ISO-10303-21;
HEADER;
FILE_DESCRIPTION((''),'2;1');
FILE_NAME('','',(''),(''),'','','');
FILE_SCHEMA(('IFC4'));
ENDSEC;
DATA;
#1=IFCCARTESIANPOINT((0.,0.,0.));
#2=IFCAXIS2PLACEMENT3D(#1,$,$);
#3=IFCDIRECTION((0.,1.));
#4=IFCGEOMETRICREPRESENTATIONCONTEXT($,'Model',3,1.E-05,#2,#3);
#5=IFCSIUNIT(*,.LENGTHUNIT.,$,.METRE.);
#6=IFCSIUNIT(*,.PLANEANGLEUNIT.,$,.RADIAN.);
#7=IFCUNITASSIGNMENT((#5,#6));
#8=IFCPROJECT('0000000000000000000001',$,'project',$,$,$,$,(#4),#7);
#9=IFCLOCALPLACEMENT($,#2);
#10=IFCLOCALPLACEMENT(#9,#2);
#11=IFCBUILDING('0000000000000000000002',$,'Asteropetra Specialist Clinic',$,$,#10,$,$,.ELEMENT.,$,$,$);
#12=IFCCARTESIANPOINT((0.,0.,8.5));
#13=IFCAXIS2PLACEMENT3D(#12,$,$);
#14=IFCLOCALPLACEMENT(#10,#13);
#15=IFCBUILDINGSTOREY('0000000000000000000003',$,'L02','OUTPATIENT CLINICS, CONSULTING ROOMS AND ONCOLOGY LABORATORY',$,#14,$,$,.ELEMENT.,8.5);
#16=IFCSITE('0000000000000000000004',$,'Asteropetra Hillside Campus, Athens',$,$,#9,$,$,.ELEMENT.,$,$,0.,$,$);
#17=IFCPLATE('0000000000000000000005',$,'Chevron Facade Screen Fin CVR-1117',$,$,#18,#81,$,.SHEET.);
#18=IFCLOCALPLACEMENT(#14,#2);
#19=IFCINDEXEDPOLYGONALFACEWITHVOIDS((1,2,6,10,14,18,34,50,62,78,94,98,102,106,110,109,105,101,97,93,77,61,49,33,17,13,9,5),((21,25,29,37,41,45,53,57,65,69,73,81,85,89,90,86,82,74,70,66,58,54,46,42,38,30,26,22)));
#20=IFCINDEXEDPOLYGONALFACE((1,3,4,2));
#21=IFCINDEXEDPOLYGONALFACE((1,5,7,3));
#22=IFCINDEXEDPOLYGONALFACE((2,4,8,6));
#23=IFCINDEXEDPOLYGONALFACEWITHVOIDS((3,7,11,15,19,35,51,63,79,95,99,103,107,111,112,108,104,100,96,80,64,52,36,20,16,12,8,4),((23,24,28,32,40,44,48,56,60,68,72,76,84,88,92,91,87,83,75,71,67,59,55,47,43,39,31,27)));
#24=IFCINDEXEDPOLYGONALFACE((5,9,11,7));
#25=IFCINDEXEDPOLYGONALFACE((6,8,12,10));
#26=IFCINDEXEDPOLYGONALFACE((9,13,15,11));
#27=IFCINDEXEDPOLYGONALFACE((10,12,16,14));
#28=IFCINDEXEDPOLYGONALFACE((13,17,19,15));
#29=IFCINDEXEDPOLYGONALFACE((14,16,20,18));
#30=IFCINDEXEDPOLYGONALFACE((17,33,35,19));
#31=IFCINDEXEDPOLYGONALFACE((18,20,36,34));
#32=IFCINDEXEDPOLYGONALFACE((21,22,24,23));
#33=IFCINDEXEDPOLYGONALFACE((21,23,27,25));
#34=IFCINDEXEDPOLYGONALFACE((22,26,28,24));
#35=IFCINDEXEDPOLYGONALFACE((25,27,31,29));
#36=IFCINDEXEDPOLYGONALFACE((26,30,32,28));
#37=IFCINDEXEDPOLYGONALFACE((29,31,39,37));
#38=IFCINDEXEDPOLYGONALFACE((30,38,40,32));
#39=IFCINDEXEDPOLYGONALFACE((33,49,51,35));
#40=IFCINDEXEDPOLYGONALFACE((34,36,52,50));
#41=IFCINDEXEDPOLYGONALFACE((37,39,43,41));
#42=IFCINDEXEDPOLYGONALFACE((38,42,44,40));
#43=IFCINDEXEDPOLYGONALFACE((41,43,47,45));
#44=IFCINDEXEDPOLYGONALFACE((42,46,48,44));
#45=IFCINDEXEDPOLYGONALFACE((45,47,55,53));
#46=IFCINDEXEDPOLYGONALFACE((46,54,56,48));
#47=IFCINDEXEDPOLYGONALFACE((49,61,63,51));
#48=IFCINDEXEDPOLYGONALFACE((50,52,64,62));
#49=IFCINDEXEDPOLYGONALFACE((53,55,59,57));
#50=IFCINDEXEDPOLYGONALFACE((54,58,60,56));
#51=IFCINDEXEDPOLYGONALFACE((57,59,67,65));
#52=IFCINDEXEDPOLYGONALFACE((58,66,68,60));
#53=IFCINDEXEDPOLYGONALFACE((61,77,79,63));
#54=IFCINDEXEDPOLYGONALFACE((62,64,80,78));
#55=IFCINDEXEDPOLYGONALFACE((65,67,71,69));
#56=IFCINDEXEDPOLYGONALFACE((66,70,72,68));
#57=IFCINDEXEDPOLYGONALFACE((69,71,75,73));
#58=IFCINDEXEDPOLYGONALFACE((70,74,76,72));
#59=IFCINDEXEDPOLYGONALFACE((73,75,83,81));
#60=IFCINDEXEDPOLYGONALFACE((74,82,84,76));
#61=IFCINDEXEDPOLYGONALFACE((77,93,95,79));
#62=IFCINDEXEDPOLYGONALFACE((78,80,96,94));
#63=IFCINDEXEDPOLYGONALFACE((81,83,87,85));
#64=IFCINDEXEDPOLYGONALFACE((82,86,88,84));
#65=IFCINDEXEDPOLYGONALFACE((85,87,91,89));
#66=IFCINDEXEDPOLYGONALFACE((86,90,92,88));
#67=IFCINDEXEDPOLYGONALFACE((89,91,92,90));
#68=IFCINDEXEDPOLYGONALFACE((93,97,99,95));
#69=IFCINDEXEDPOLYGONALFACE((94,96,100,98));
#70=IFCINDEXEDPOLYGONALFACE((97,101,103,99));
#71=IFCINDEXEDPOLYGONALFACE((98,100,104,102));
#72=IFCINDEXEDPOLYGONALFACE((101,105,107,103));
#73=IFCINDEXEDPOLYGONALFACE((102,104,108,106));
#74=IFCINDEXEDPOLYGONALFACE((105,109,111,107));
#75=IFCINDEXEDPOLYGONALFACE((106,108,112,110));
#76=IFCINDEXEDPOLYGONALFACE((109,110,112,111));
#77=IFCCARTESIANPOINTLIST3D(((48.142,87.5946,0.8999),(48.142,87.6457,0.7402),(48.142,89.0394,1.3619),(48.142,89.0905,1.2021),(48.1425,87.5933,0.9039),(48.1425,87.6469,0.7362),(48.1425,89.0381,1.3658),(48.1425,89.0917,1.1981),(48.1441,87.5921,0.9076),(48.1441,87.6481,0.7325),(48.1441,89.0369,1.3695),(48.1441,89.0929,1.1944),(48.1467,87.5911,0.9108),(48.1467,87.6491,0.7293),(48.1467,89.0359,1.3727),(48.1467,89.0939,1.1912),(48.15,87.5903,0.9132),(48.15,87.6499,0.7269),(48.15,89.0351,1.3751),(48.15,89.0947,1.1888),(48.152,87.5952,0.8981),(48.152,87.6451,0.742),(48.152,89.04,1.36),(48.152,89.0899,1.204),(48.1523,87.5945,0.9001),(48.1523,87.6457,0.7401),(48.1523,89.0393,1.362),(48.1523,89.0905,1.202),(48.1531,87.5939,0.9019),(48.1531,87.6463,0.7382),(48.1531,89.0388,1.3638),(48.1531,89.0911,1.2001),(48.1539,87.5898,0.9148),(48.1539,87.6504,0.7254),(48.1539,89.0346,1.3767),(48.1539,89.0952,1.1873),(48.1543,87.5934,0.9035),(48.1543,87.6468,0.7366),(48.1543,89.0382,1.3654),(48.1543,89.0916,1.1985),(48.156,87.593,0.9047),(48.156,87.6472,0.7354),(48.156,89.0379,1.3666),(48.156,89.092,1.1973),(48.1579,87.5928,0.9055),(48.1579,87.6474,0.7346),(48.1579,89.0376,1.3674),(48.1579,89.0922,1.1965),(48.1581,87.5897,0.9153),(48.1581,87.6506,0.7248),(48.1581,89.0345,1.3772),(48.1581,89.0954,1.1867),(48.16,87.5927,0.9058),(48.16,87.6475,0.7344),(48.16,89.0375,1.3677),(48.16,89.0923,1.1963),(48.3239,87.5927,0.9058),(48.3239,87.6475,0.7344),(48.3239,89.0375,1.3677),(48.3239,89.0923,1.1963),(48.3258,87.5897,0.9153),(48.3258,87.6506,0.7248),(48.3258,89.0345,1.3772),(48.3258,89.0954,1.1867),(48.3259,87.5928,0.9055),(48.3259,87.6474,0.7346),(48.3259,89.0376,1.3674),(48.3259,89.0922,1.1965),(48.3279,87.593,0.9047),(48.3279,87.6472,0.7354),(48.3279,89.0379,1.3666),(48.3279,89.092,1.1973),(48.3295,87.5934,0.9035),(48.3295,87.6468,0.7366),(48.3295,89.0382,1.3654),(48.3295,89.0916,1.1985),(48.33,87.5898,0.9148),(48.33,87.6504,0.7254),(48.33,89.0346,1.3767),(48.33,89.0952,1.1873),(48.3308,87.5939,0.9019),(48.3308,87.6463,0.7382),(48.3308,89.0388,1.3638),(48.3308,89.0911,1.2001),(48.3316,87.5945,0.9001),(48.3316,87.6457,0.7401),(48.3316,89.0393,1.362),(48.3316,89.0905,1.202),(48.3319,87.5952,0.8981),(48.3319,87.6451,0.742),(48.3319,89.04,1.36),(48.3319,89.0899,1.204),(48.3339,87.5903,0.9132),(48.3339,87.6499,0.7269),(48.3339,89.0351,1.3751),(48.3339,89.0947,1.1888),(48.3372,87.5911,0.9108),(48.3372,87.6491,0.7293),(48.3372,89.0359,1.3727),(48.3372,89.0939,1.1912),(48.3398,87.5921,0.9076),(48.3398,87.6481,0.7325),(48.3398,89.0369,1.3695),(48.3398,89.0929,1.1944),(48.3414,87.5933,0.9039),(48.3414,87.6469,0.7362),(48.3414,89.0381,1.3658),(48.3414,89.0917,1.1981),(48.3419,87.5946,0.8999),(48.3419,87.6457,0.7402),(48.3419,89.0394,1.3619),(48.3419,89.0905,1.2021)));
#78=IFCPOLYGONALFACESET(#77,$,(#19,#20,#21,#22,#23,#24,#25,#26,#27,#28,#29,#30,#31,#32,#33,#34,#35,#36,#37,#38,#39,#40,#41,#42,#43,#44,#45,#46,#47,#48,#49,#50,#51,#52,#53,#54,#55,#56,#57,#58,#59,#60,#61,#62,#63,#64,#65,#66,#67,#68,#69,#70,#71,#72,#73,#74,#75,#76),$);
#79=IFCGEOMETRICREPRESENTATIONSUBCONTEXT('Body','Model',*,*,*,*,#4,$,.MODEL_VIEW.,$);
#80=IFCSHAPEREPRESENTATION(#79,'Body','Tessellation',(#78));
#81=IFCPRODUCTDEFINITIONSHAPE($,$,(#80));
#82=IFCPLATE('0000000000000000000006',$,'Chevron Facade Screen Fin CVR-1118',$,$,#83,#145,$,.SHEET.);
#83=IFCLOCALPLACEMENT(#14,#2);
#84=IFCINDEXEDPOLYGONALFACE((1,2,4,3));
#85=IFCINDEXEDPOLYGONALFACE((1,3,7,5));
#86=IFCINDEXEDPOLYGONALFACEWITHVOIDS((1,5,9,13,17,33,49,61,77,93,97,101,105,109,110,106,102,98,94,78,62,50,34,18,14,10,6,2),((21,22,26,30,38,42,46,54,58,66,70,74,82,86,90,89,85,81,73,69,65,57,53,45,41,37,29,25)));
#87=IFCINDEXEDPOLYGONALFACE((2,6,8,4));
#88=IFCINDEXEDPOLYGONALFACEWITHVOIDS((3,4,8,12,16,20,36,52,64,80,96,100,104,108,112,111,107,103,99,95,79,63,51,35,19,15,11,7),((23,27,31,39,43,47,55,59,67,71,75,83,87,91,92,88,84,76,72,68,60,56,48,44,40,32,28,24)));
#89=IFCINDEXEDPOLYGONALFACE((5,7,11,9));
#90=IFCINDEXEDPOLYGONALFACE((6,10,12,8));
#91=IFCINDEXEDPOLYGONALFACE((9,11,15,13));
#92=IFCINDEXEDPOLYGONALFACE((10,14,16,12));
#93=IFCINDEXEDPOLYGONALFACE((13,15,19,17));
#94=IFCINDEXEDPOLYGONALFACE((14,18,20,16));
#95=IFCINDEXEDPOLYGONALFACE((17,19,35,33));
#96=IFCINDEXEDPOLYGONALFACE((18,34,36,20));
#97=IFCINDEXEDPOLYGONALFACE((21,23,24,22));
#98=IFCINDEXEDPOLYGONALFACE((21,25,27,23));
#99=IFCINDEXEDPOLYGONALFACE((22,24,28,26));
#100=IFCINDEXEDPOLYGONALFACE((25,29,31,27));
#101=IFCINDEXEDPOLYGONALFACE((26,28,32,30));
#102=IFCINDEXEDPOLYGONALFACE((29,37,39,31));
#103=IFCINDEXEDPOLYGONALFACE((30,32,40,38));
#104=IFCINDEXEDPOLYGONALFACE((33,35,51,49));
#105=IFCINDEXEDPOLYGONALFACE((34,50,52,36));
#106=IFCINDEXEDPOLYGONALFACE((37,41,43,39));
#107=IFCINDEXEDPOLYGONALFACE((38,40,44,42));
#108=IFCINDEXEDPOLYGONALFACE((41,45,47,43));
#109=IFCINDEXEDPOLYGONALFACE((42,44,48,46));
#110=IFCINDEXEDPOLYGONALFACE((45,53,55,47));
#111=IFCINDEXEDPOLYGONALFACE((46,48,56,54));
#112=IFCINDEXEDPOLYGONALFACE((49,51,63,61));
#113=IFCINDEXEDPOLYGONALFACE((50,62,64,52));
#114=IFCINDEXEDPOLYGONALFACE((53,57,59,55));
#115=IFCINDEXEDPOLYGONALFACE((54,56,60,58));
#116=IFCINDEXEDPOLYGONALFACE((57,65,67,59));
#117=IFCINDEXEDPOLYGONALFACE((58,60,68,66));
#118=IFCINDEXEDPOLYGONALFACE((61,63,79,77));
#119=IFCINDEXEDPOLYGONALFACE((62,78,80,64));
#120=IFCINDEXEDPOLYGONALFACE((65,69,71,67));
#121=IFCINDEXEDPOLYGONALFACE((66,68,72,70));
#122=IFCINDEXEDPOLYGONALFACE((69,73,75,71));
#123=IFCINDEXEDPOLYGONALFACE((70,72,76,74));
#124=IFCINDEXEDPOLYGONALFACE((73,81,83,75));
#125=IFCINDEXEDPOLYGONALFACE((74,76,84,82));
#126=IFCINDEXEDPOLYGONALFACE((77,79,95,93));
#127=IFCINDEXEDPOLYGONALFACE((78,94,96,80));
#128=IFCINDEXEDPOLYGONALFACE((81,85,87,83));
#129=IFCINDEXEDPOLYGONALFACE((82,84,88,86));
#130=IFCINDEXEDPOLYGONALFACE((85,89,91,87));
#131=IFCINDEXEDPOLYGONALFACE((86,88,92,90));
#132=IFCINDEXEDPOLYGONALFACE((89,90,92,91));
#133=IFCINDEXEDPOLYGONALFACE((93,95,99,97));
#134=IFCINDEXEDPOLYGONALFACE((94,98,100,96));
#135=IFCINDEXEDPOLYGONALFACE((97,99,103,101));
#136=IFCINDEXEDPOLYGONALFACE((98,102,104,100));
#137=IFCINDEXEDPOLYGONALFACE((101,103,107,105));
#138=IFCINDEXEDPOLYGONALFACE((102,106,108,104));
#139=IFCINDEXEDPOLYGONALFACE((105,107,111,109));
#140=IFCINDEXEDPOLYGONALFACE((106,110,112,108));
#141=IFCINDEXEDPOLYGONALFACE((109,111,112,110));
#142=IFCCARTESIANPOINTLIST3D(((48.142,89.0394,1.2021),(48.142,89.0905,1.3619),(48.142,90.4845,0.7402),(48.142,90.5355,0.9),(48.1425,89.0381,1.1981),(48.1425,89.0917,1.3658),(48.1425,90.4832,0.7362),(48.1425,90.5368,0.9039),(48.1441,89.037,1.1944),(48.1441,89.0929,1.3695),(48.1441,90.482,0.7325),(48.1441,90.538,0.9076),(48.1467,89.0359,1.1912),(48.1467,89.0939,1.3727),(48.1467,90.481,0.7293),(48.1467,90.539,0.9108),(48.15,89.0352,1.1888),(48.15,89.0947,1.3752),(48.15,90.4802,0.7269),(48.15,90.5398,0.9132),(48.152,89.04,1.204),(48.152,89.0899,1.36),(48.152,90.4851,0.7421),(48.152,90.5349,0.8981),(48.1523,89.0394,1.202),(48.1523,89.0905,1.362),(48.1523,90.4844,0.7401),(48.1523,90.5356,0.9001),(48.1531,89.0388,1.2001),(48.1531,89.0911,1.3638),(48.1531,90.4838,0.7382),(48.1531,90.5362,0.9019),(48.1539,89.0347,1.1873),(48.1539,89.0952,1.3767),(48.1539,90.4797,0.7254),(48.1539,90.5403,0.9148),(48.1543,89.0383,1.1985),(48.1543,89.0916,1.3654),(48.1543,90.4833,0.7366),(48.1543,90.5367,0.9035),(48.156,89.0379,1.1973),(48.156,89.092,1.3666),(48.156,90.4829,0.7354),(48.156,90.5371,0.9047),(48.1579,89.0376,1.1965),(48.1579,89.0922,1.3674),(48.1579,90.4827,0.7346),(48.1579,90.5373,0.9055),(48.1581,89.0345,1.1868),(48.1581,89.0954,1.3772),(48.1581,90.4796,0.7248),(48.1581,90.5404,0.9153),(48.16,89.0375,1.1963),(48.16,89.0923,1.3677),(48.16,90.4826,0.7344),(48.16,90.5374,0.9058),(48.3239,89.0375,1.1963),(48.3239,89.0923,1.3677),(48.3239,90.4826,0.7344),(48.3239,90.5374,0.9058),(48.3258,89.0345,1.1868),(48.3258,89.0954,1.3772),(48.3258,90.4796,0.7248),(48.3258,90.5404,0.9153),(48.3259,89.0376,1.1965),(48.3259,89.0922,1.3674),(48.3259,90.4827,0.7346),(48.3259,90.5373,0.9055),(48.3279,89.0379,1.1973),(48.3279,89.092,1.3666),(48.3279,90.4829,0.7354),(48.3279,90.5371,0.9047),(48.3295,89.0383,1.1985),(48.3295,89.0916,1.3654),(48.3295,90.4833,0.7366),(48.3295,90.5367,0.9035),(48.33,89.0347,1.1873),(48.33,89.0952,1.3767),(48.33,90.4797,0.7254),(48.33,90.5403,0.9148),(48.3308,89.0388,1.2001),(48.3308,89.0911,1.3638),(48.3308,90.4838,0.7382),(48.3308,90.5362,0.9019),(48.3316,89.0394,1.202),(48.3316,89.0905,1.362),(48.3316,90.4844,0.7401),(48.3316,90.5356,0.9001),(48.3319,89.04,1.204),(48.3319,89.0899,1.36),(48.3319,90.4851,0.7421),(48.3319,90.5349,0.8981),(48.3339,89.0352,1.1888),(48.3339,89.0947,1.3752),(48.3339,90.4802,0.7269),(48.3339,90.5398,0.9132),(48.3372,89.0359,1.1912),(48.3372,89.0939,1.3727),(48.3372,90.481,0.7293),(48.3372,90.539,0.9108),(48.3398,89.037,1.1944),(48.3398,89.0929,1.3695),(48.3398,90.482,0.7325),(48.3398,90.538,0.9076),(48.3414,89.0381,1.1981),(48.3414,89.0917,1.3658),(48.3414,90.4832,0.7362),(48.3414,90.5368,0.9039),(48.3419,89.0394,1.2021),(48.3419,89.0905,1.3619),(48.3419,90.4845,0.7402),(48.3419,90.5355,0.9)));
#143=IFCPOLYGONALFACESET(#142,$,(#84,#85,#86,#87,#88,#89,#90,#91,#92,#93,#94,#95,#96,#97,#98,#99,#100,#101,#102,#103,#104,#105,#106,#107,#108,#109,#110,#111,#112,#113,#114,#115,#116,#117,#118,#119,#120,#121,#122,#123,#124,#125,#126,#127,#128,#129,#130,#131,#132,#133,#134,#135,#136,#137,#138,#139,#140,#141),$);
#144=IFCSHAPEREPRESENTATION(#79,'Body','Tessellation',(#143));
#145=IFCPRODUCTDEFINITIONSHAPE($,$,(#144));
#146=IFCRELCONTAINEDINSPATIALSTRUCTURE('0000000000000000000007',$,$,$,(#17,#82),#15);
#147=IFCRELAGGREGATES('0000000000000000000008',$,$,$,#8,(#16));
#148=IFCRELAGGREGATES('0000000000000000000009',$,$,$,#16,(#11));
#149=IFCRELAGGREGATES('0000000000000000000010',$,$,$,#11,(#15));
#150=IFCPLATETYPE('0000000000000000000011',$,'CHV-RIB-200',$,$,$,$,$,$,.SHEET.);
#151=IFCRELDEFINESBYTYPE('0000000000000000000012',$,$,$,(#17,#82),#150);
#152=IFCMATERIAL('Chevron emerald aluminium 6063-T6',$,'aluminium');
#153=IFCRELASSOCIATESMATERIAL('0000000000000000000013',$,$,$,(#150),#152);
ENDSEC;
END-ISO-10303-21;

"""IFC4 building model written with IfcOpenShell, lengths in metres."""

from ifc_helpers import new_model, si_unit, direction, frame, origin, origin_2d, place, context, subcontext, project, spatial, hollow_rectangle, extrude, material, material_profile, profile_set, type_object, element, save


model = new_model("IFC4")

# Units and contexts
model_context = context("Model", 3, precision=1e-05, world=origin(), true_north=direction((0.0, 1.0)))
body_context = subcontext(model_context, "Body", "Model", "MODEL_VIEW")
ifc_project = project(units=[si_unit("LENGTHUNIT", "METRE"), si_unit("PLANEANGLEUNIT", "RADIAN")], contexts=[model_context])

# Site, building, storey
site_placement = place(None, origin())
site = spatial("IfcSite", under=ifc_project, at=site_placement, Name="Asteropetra Hillside Campus, Athens", CompositionType="ELEMENT", RefElevation=0.0)
building_placement = place(site_placement, origin())
building = spatial("IfcBuilding", under=site, at=building_placement, Name="Asteropetra Specialist Clinic", CompositionType="ELEMENT")
storey_placement = place(building_placement, frame((0.0, 0.0, 8.5)))
storey = spatial("IfcBuildingStorey", under=building, at=storey_placement, Name="L02", Description="OUTPATIENT CLINICS, CONSULTING ROOMS AND ONCOLOGY LABORATORY", CompositionType="ELEMENT", Elevation=8.5)

# Plates
ifc_material_1 = material(Name="Chevron emerald aluminium 6063-T6", Category="aluminium")
ifc_material_profile_1 = material_profile(ifc_material_1, hollow_rectangle(XDim=0.2, YDim=0.2, WallThickness=0.01, InnerFilletRadius=0.0081, OuterFilletRadius=0.0161, at=origin_2d()), Name="SHS 200x200x10.0")
ifc_profile_set_1 = profile_set([ifc_material_profile_1], Name="Chevron emerald aluminium 6063-T6")
plate_type_1 = type_object("IfcPlateType", Name="CHV-RIB-200", PredefinedType="SHEET", material=ifc_profile_set_1)
plate_1_placement = place(storey_placement, frame((48.2419, 87.6201, 0.8201), z_axis=(0.0, 0.952506, 0.304519), x_axis=(-1.0, 0.0, 0.0)))
element("IfcPlate", 1, at=plate_1_placement, inside=storey, type_object=plate_type_1, Name="Chevron Facade Screen Fin CVR-1117", PredefinedType="SHEET", context=body_context, shape_type="SweptSolid", body=[
    extrude(hollow_rectangle(XDim=0.2, YDim=0.2, WallThickness=0.01, InnerFilletRadius=0.0081, OuterFilletRadius=0.0161, at=origin_2d()), origin(), (0.0, 0.0, 1.0), 1.5168),
])
plate_2_placement = place(storey_placement, frame((48.2419, 89.0649, 1.282), z_axis=(0.0, 0.952521, -0.304472), x_axis=(-1.0, 0.0, 0.0)))
element("IfcPlate", 2, at=plate_2_placement, inside=storey, type_object=plate_type_1, Name="Chevron Facade Screen Fin CVR-1118", PredefinedType="SHEET", context=body_context, shape_type="SweptSolid", body=[
    extrude(hollow_rectangle(XDim=0.2, YDim=0.2, WallThickness=0.01, InnerFilletRadius=0.0081, OuterFilletRadius=0.0161, at=origin_2d()), origin(), (0.0, 0.0, 1.0), 1.5171),
])

save(model, "model.ifc")
